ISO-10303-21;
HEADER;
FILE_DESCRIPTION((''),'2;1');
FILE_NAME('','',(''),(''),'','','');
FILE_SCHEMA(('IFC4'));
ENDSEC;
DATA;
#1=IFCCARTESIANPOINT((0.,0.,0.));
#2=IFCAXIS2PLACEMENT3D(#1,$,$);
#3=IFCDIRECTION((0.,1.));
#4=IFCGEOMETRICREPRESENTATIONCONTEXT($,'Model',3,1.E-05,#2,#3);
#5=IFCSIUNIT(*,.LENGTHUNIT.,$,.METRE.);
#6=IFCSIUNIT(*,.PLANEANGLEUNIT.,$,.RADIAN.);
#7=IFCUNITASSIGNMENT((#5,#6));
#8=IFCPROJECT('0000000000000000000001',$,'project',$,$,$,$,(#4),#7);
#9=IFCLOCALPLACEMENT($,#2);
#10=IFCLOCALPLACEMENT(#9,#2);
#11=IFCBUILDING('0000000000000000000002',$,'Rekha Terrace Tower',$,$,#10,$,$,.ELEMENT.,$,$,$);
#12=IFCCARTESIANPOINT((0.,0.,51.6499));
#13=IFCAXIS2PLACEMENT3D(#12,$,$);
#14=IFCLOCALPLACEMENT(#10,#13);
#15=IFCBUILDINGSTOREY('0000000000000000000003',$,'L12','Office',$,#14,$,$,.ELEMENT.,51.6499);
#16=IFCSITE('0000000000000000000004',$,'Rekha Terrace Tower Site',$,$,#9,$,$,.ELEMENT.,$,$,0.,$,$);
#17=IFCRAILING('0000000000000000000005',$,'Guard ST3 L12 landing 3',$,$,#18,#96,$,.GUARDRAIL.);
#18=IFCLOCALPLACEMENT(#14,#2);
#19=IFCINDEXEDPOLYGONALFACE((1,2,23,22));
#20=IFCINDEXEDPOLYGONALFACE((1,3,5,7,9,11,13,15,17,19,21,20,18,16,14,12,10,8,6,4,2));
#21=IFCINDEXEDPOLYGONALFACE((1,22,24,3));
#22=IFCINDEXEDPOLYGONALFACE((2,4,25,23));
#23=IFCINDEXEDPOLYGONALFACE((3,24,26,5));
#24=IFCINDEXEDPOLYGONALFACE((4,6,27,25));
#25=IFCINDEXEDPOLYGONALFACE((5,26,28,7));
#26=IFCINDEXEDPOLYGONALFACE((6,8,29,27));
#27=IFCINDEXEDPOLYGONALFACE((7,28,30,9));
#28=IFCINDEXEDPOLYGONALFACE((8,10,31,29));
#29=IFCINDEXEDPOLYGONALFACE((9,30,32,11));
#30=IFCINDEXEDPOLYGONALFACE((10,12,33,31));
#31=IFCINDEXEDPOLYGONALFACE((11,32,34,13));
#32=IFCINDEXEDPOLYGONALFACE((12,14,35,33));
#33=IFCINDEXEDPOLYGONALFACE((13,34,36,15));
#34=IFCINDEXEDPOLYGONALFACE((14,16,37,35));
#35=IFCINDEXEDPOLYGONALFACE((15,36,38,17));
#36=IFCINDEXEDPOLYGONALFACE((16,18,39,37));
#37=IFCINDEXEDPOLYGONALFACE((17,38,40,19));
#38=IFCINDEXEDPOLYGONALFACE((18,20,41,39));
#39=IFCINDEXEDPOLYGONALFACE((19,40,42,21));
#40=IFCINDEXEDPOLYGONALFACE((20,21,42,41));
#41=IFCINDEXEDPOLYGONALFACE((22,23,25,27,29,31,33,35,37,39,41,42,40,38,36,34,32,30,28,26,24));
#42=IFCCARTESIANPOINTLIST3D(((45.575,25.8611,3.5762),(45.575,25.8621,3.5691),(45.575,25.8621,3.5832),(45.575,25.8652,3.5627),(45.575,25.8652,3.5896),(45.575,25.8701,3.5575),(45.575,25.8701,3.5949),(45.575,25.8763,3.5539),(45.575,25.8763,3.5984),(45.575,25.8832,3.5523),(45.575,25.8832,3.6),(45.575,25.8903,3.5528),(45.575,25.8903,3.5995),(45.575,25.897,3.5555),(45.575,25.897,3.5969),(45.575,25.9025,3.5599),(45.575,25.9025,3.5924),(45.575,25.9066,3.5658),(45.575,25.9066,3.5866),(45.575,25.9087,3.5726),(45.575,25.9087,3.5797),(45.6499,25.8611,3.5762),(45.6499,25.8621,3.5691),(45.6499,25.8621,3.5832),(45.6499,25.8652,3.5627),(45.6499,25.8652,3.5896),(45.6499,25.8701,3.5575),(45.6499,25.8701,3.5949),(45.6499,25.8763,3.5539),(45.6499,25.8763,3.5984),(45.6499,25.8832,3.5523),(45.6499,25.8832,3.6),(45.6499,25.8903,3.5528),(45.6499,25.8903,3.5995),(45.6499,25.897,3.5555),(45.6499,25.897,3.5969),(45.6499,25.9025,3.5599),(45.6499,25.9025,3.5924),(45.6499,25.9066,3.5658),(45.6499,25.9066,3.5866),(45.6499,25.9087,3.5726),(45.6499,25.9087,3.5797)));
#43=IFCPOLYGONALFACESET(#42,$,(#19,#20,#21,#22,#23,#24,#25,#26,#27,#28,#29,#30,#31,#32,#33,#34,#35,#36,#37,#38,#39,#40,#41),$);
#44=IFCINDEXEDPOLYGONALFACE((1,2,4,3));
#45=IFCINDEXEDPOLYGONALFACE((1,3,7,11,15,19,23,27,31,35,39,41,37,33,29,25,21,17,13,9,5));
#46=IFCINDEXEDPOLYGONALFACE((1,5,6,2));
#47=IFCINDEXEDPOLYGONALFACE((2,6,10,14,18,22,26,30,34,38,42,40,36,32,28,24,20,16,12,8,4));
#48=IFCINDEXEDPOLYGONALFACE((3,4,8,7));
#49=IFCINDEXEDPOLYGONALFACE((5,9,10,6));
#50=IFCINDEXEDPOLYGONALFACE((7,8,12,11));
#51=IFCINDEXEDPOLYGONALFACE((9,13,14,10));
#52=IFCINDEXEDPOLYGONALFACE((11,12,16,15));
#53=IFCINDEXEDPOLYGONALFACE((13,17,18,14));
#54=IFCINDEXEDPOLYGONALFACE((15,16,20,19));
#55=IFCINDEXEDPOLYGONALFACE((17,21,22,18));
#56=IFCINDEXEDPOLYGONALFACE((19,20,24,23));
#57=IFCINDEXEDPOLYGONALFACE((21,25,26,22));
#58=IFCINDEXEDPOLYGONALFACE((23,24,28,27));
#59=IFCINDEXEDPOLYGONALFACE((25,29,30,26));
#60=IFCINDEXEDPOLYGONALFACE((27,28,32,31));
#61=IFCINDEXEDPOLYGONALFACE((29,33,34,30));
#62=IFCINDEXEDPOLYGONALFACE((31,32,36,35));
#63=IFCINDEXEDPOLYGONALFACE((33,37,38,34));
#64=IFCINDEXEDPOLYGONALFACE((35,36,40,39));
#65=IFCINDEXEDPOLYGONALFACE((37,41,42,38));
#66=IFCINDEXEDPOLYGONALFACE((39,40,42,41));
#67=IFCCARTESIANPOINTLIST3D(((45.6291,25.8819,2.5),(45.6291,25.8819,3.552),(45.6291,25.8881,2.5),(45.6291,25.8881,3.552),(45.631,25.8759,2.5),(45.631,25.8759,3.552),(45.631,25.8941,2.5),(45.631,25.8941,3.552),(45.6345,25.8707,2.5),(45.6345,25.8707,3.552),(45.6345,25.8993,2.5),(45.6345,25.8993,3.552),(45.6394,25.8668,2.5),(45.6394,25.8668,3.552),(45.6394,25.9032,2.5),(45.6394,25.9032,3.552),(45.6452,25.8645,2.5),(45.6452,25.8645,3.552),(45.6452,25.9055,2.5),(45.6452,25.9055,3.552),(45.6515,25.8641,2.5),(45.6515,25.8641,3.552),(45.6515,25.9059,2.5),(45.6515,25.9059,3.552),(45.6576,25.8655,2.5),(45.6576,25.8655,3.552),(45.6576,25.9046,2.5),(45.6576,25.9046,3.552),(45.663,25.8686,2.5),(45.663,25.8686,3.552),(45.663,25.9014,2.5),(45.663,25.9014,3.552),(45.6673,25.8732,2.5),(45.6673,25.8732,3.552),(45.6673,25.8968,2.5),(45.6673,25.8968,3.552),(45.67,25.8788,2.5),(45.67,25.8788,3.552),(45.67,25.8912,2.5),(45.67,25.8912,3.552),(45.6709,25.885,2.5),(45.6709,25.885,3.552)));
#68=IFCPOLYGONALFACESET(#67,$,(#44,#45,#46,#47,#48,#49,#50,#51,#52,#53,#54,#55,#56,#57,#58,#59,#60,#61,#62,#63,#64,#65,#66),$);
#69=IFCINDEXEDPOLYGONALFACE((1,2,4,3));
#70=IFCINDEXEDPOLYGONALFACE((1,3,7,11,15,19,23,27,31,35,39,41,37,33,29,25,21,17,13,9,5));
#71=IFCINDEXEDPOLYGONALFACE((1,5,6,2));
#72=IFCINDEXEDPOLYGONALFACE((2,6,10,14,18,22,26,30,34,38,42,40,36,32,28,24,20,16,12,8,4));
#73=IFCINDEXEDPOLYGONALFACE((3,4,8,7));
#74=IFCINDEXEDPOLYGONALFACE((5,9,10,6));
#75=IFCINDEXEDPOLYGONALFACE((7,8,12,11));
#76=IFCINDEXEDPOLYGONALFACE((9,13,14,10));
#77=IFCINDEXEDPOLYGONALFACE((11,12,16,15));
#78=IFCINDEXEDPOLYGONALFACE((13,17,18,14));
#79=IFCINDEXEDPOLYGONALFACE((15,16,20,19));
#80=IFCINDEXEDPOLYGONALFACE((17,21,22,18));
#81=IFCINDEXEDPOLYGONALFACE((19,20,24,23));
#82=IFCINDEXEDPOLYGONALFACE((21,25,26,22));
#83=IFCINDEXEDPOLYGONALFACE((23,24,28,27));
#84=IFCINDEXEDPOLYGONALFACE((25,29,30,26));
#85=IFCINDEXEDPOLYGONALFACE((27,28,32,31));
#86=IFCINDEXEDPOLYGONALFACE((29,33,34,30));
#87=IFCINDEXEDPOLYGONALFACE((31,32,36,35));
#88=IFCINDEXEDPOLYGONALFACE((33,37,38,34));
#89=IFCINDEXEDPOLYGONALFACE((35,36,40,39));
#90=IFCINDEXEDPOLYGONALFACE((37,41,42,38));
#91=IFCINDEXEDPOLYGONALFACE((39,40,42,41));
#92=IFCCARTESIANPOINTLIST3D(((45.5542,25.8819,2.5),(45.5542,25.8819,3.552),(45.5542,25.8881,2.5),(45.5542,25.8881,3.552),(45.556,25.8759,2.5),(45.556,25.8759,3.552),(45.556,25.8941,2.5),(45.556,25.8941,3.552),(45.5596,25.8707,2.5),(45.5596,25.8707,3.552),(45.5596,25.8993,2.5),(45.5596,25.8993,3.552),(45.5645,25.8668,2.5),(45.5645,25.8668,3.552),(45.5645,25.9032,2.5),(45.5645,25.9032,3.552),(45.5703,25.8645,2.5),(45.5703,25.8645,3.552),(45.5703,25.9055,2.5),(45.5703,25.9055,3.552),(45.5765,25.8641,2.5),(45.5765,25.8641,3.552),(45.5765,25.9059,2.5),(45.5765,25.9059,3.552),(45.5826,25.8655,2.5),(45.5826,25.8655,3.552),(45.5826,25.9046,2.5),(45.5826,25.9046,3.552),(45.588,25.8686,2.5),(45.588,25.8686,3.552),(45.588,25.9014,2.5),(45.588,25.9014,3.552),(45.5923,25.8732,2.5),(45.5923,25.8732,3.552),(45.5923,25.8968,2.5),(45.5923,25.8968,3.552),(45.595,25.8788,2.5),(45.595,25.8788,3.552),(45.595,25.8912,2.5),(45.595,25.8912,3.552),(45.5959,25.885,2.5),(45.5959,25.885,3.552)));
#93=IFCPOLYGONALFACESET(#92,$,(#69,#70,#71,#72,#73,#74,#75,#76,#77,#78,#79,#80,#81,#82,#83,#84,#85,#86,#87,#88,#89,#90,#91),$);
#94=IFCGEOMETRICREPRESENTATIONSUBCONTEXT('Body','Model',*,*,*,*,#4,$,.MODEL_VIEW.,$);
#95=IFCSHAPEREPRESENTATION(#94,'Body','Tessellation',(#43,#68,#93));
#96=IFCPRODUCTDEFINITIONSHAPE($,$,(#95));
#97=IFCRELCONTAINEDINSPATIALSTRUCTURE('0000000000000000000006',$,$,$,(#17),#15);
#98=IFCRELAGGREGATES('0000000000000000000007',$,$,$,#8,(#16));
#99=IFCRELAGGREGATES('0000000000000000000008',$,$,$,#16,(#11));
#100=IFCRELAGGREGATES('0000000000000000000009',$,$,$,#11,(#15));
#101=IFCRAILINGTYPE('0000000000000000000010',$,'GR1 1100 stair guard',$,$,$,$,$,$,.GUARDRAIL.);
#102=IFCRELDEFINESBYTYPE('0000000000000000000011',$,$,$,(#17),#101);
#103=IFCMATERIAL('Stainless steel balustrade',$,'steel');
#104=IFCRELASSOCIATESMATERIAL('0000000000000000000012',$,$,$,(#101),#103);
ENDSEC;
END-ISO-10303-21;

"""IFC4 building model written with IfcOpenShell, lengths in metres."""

from ifc_helpers import new_model, si_unit, direction, frame, origin, origin_2d, place, context, subcontext, project, spatial, circle, extrude, material, type_object, element, save


model = new_model("IFC4")

# Units and contexts
model_context = context("Model", 3, precision=1e-05, world=origin(), true_north=direction((0.0, 1.0)))
body_context = subcontext(model_context, "Body", "Model", "MODEL_VIEW")
ifc_project = project(units=[si_unit("LENGTHUNIT", "METRE"), si_unit("PLANEANGLEUNIT", "RADIAN")], contexts=[model_context])

# Site, building, storey
site_placement = place(None, origin())
site = spatial("IfcSite", under=ifc_project, at=site_placement, Name="Rekha Terrace Tower Site", CompositionType="ELEMENT", RefElevation=0.0)
building_placement = place(site_placement, origin())
building = spatial("IfcBuilding", under=site, at=building_placement, Name="Rekha Terrace Tower", CompositionType="ELEMENT")
storey_placement = place(building_placement, frame((0.0, 0.0, 51.6499)))
storey = spatial("IfcBuildingStorey", under=building, at=storey_placement, Name="L12", Description="Office", CompositionType="ELEMENT", Elevation=51.6499)

# Railing
ifc_material_1 = material(Name="Stainless steel balustrade", Category="steel")
railing_type_1 = type_object("IfcRailingType", Name="GR1 1100 stair guard", PredefinedType="GUARDRAIL", material=ifc_material_1)
railing_1_placement = place(storey_placement, frame((45.6499, 25.885, 2.5)))
element("IfcRailing", 1, at=railing_1_placement, inside=storey, type_object=railing_type_1, Name="Guard ST3 L12 landing 3", PredefinedType="GUARDRAIL", context=body_context, shape_type="SweptSolid", body=[
    extrude(circle(Radius=0.0239, at=origin_2d()), frame((0.0, 0.0, 1.0762), z_axis=(-1.0, 0.0, 0.0), x_axis=(0.0, -1.0, 0.0)), (0.0, 0.0, 1.0), 0.075),
    extrude(circle(Radius=0.021, at=origin_2d()), origin(), (0.0, 0.0, 1.0), 1.052),
    extrude(circle(Radius=0.021, at=origin_2d()), frame((-0.075, 0.0, 0.0)), (0.0, 0.0, 1.0), 1.052),
])

save(model, "model.ifc")
